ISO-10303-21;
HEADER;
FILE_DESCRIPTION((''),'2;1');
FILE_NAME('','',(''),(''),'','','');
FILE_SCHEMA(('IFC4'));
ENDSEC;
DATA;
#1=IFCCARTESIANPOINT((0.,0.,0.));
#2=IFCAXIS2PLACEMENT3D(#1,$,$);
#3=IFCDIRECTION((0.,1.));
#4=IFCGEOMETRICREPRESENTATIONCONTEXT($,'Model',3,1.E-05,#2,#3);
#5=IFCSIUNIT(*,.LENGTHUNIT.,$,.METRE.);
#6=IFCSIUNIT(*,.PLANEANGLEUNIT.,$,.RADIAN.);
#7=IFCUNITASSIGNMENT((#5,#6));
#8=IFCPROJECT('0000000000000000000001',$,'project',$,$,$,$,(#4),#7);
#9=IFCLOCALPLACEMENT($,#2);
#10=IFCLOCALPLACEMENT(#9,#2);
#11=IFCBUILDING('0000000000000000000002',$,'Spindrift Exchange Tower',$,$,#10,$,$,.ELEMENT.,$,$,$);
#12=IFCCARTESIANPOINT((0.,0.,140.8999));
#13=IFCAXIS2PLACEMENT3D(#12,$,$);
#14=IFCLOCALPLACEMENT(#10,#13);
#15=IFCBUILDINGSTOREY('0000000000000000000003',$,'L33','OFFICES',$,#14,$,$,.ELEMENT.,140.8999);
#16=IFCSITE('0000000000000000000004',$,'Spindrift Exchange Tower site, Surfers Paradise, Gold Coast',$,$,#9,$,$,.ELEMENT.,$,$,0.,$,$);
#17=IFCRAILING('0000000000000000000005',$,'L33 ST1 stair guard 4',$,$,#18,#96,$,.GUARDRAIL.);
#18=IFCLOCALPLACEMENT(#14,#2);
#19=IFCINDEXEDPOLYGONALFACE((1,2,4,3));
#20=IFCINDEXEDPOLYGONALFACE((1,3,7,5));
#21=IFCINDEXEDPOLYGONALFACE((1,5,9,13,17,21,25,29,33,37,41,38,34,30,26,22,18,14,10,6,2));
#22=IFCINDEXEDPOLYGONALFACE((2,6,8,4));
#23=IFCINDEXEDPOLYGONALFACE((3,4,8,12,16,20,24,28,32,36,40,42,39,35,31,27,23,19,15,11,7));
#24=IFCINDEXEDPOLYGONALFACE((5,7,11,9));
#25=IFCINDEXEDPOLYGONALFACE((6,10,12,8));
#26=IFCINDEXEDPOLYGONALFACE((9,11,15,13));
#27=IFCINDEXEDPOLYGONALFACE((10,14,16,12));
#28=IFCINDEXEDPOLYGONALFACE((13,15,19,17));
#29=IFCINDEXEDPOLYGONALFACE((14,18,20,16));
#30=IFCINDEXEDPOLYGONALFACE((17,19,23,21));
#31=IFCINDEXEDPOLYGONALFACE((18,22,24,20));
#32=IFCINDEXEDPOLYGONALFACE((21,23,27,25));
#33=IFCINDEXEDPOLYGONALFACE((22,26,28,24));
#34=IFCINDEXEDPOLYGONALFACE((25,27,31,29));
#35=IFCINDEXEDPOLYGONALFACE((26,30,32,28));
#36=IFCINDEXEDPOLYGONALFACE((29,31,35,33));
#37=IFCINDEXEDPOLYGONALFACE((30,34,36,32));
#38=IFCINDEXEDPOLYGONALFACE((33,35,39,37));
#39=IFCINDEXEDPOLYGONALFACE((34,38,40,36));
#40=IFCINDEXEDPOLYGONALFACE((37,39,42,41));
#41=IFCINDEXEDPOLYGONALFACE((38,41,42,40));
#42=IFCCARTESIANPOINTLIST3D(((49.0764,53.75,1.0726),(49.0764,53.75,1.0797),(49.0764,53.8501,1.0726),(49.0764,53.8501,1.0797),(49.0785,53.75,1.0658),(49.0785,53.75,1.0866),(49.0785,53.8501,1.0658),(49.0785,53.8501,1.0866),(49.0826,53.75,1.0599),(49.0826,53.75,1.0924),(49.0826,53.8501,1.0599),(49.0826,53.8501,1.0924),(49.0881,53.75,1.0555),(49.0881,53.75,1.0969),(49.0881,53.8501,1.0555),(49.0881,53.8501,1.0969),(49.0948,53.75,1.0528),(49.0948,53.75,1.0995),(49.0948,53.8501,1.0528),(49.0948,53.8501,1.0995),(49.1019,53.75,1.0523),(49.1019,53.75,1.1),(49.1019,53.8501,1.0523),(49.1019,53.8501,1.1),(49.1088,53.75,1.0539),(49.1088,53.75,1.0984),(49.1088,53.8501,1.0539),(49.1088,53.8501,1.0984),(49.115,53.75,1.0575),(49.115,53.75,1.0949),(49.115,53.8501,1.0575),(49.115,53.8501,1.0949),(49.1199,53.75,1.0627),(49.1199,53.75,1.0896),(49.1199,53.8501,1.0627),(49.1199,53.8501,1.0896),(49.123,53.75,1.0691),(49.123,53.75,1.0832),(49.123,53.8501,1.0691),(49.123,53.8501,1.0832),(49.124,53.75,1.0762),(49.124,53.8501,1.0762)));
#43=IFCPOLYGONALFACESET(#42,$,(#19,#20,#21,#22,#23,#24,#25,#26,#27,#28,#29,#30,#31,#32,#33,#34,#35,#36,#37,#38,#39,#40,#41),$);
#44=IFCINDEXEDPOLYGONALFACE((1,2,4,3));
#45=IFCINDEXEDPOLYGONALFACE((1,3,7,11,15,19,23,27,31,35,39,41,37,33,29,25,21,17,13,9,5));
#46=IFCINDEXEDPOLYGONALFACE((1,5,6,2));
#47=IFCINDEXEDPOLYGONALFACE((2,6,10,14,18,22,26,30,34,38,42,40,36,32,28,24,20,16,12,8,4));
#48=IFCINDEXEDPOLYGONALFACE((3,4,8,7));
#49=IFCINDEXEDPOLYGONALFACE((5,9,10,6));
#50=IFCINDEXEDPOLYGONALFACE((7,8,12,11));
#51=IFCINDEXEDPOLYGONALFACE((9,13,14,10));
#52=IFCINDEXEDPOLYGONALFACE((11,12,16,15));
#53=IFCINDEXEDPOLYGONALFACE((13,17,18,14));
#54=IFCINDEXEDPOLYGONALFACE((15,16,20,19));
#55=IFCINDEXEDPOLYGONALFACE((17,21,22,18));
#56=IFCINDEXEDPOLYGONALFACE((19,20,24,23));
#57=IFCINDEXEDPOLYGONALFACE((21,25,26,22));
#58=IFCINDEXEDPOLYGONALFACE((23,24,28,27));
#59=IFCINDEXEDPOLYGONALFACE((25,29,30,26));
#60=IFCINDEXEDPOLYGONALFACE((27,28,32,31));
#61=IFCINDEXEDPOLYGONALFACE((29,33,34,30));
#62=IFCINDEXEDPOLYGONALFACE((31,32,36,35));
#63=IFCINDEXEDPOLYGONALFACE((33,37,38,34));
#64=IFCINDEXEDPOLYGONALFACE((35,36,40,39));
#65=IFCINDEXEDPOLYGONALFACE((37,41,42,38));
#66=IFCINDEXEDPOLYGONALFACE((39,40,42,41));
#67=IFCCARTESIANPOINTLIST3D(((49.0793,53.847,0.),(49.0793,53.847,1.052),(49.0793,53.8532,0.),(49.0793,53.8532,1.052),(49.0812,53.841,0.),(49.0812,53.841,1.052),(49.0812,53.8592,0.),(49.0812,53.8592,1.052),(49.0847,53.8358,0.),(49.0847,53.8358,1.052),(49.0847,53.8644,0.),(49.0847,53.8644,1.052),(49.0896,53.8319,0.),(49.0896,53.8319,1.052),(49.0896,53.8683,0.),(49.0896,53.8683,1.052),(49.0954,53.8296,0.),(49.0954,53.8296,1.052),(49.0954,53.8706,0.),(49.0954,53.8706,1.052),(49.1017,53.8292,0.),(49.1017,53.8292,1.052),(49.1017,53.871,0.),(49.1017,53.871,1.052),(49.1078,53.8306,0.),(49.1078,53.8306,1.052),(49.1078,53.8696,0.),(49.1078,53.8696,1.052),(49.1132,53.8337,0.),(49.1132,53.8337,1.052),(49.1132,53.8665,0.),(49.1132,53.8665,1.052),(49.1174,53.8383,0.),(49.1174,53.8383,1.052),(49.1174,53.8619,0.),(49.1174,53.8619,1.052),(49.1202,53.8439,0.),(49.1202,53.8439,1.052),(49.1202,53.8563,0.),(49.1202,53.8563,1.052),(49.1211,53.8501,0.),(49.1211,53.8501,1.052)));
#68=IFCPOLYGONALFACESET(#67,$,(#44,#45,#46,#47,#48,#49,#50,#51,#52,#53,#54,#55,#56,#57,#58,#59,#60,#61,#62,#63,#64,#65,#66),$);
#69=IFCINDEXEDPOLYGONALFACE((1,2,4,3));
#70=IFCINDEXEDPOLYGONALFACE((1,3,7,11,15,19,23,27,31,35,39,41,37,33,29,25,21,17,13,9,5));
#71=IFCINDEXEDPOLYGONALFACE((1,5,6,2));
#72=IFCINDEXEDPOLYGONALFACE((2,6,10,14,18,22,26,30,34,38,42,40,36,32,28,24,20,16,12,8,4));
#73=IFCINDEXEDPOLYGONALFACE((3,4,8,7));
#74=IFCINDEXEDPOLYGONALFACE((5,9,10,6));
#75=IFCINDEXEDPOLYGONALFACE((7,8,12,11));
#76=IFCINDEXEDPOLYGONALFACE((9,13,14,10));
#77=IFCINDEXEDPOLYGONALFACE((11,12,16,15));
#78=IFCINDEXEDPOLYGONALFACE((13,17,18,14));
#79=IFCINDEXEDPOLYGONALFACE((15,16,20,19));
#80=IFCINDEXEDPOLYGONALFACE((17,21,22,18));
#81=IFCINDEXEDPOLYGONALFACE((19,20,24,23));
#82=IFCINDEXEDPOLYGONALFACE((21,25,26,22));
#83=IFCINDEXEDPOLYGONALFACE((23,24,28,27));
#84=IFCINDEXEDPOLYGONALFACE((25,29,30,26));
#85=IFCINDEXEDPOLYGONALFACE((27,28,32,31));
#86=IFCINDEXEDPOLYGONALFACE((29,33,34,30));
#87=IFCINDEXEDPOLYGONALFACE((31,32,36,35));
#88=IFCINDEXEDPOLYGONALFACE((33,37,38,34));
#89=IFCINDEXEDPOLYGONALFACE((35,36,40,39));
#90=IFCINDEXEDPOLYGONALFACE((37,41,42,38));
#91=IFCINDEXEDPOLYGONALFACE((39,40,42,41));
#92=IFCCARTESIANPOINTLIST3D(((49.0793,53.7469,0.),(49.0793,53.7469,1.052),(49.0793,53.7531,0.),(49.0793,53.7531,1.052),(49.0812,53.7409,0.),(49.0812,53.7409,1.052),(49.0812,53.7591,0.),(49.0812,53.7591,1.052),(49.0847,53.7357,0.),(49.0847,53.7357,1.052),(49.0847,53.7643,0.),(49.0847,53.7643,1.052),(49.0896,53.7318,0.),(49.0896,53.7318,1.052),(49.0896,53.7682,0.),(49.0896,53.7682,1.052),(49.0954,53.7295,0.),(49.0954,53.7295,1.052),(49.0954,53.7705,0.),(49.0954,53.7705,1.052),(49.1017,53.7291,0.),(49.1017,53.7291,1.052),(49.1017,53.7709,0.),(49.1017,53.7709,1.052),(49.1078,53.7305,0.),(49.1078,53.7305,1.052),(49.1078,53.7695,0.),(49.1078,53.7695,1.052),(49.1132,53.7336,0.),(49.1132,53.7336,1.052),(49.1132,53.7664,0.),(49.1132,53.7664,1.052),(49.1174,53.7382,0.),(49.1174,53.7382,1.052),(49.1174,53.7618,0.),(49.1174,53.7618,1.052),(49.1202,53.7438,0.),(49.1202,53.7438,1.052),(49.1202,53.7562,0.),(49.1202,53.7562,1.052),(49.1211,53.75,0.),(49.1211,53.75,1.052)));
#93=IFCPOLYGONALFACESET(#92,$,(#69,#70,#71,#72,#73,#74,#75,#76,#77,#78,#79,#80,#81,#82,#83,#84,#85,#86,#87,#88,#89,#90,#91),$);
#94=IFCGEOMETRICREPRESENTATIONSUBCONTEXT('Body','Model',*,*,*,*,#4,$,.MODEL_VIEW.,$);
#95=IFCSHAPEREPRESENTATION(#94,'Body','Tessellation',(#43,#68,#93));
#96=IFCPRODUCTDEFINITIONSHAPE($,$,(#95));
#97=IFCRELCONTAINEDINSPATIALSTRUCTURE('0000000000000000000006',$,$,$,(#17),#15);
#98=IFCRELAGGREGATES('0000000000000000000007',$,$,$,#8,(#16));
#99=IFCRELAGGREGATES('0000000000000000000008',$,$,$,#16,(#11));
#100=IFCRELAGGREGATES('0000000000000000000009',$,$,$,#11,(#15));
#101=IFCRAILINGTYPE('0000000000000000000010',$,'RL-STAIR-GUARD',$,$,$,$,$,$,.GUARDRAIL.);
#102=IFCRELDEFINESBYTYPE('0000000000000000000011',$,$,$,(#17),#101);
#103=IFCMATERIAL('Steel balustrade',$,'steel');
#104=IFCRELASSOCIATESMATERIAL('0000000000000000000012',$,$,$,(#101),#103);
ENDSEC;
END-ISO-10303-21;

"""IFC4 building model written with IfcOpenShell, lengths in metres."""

from ifc_helpers import new_model, si_unit, direction, frame, origin, origin_2d, place, context, subcontext, project, spatial, circle, extrude, material, type_object, element, save


model = new_model("IFC4")

# Units and contexts
model_context = context("Model", 3, precision=1e-05, world=origin(), true_north=direction((0.0, 1.0)))
body_context = subcontext(model_context, "Body", "Model", "MODEL_VIEW")
ifc_project = project(units=[si_unit("LENGTHUNIT", "METRE"), si_unit("PLANEANGLEUNIT", "RADIAN")], contexts=[model_context])

# Site, building, storey
site_placement = place(None, origin())
site = spatial("IfcSite", under=ifc_project, at=site_placement, Name="Spindrift Exchange Tower site, Surfers Paradise, Gold Coast", CompositionType="ELEMENT", RefElevation=0.0)
building_placement = place(site_placement, origin())
building = spatial("IfcBuilding", under=site, at=building_placement, Name="Spindrift Exchange Tower", CompositionType="ELEMENT")
storey_placement = place(building_placement, frame((0.0, 0.0, 140.8999)))
storey = spatial("IfcBuildingStorey", under=building, at=storey_placement, Name="L33", Description="OFFICES", CompositionType="ELEMENT", Elevation=140.8999)

# Railing
ifc_material_1 = material(Name="Steel balustrade", Category="steel")
railing_type_1 = type_object("IfcRailingType", Name="RL-STAIR-GUARD", PredefinedType="GUARDRAIL", material=ifc_material_1)
railing_1_placement = place(storey_placement, frame((49.1001, 53.8501, 0.0)))
element("IfcRailing", 1, at=railing_1_placement, inside=storey, type_object=railing_type_1, Name="L33 ST1 stair guard 4", PredefinedType="GUARDRAIL", context=body_context, shape_type="SweptSolid", body=[
    extrude(circle(Radius=0.0239, at=origin_2d()), frame((0.0, 0.0, 1.0762), z_axis=(0.0, -1.0, 0.0), x_axis=(1.0, 0.0, 0.0)), (0.0, 0.0, 1.0), 0.1001),
    extrude(circle(Radius=0.021, at=origin_2d()), origin(), (0.0, 0.0, 1.0), 1.052),
    extrude(circle(Radius=0.021, at=origin_2d()), frame((0.0, -0.1001, 0.0)), (0.0, 0.0, 1.0), 1.052),
])

save(model, "model.ifc")
